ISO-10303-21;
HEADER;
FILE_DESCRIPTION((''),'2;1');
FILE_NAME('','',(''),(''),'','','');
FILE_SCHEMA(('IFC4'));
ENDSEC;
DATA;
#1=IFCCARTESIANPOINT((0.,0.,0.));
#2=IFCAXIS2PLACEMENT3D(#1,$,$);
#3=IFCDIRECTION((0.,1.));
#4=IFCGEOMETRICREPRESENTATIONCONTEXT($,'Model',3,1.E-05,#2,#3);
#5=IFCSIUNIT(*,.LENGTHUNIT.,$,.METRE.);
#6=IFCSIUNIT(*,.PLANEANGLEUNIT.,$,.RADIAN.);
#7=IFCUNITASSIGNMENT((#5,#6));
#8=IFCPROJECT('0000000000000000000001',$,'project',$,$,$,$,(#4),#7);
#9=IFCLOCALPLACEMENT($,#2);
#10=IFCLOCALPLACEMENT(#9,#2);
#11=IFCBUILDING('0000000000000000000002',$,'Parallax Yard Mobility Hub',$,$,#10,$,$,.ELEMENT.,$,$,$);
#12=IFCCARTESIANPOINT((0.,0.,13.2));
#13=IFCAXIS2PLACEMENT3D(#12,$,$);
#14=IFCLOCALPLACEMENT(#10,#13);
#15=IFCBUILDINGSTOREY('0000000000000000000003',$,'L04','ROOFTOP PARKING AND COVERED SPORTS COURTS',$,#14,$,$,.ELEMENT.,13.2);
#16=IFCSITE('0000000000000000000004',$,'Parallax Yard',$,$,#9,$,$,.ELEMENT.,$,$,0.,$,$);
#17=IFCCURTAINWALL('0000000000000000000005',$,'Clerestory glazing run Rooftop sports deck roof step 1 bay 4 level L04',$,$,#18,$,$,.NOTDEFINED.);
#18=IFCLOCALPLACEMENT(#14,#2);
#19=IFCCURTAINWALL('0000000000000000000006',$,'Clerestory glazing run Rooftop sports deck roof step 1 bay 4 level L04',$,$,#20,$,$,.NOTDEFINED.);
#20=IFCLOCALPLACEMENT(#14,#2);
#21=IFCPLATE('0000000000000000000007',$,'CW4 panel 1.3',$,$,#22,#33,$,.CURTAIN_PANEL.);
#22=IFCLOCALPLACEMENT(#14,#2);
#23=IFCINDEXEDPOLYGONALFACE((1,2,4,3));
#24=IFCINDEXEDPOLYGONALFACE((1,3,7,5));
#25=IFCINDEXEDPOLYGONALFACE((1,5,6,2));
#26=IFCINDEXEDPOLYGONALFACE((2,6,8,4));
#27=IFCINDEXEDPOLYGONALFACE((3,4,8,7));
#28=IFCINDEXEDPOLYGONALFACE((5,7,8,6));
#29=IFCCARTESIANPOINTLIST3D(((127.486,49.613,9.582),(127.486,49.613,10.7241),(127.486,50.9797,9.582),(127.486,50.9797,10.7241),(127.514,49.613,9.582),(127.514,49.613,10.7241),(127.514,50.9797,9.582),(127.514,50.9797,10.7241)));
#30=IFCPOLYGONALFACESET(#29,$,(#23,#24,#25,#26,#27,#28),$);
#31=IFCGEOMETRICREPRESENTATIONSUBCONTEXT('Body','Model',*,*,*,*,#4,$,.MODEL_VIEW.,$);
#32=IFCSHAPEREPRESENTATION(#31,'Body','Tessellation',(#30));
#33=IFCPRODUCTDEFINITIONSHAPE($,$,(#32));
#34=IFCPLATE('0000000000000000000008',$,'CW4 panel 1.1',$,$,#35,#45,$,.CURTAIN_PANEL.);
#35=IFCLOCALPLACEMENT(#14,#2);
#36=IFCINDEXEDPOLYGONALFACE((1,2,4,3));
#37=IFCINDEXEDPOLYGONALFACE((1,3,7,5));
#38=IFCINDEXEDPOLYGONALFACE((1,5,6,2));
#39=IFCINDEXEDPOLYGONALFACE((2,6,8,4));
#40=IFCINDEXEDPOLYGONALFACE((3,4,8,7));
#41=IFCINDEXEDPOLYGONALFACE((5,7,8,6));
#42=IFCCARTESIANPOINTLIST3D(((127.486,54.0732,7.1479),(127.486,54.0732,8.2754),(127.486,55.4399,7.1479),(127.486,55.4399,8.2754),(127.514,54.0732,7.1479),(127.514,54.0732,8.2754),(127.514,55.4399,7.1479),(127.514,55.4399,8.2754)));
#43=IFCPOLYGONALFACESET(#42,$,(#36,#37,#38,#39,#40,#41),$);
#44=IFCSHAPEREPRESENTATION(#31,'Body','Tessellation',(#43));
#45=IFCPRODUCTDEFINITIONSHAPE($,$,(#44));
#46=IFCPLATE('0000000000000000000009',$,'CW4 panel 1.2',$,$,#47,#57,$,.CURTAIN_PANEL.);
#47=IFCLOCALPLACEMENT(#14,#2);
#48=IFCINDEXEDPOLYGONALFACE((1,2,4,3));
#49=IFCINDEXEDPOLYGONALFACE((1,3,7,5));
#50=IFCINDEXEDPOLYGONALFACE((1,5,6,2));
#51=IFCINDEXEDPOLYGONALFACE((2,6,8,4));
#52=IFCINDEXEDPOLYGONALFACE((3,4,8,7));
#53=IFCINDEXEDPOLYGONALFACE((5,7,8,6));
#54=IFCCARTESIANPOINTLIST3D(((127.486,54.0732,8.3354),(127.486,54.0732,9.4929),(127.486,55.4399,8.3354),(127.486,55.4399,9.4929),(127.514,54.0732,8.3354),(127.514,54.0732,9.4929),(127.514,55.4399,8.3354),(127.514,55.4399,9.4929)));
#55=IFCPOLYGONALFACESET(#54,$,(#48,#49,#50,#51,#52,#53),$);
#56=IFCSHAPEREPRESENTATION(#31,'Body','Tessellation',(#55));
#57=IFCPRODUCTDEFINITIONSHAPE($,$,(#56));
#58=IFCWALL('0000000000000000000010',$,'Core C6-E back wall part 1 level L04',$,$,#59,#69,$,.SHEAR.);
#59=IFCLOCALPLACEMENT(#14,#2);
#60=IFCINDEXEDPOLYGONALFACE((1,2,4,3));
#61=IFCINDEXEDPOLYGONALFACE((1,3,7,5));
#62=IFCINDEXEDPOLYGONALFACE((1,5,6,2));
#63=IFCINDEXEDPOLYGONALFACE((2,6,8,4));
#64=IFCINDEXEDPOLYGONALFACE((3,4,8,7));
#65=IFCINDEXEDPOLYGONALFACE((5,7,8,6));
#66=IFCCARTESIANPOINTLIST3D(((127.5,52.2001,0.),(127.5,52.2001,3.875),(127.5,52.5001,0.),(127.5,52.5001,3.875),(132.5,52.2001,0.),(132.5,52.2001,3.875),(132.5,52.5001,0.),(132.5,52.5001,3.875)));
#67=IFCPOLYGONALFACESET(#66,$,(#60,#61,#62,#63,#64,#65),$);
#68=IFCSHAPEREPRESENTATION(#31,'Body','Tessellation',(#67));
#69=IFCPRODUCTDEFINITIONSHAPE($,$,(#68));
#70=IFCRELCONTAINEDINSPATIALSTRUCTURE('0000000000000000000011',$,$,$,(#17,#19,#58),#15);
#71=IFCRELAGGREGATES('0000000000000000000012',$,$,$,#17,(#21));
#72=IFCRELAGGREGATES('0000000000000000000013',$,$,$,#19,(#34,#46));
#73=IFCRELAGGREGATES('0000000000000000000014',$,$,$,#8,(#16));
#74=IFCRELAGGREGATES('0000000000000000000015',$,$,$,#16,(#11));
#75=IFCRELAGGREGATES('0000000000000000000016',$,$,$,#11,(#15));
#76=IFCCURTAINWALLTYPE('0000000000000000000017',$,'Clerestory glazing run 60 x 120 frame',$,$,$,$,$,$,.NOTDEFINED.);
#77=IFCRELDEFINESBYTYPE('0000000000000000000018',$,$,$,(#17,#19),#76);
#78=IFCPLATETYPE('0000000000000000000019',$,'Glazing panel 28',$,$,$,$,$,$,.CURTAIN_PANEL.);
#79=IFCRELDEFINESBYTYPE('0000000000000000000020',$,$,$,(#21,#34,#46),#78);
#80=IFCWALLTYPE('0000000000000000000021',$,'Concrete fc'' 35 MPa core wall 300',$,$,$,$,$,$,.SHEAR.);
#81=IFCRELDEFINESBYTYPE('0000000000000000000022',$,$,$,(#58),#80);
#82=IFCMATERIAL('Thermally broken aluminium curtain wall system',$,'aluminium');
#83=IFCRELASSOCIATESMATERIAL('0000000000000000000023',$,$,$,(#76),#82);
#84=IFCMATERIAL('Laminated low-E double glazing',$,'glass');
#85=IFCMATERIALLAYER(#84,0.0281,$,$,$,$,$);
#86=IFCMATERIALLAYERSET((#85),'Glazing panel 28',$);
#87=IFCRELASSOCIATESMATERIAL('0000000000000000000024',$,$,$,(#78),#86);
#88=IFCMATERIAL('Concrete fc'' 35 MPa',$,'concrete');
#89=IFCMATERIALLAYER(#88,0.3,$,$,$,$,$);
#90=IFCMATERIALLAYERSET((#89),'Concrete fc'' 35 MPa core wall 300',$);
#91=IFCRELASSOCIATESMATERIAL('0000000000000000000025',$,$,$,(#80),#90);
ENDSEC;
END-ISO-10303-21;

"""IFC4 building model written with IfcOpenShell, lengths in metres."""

from ifc_helpers import new_model, si_unit, direction, frame, frame_2d, origin, origin_2d, place, context, subcontext, project, spatial, rectangle, extrude, material, layer, layer_set, type_object, element, aggregate, save


model = new_model("IFC4")

# Units and contexts
model_context = context("Model", 3, precision=1e-05, world=origin(), true_north=direction((0.0, 1.0)))
body_context = subcontext(model_context, "Body", "Model", "MODEL_VIEW")
ifc_project = project(units=[si_unit("LENGTHUNIT", "METRE"), si_unit("PLANEANGLEUNIT", "RADIAN")], contexts=[model_context])

# Site, building, storey
site_placement = place(None, origin())
site = spatial("IfcSite", under=ifc_project, at=site_placement, Name="Parallax Yard", CompositionType="ELEMENT", RefElevation=0.0)
building_placement = place(site_placement, origin())
building = spatial("IfcBuilding", under=site, at=building_placement, Name="Parallax Yard Mobility Hub", CompositionType="ELEMENT")
storey_placement = place(building_placement, frame((0.0, 0.0, 13.2)))
storey = spatial("IfcBuildingStorey", under=building, at=storey_placement, Name="L04", Description="ROOFTOP PARKING AND COVERED SPORTS COURTS", CompositionType="ELEMENT", Elevation=13.2)

# Shared definitions
ifc_material_1 = material(Name="Thermally broken aluminium curtain wall system", Category="aluminium")
curtain_wall_type = type_object("IfcCurtainWallType", Name="Clerestory glazing run 60 x 120 frame", PredefinedType="NOTDEFINED", material=ifc_material_1)

# Curtain wall
curtain_wall_1_placement = place(storey_placement, origin())
curtain_wall_1 = element("IfcCurtainWall", 1, at=curtain_wall_1_placement, inside=storey, type_object=curtain_wall_type, Name="Clerestory glazing run Rooftop sports deck roof step 1 bay 4 level L04", PredefinedType="NOTDEFINED")

# Curtain wall
curtain_wall_2_placement = place(storey_placement, origin())
curtain_wall_2 = element("IfcCurtainWall", 2, at=curtain_wall_2_placement, inside=storey, type_object=curtain_wall_type, Name="Clerestory glazing run Rooftop sports deck roof step 1 bay 4 level L04", PredefinedType="NOTDEFINED")

# Plates
ifc_material_2 = material(Name="Laminated low-E double glazing", Category="glass")
ifc_layer_1 = layer(ifc_material_2, 0.0281)
ifc_layer_set_1 = layer_set([ifc_layer_1], Name="Glazing panel 28")
plate_type = type_object("IfcPlateType", Name="Glazing panel 28", PredefinedType="CURTAIN_PANEL", material=ifc_layer_set_1)
plate_1_placement = place(storey_placement, frame((127.5, 50.2964, 9.582), z_axis=(0.0, 0.0, 1.0), x_axis=(0.0, 1.0, 0.0)))
plate_1 = element("IfcPlate", 3, at=plate_1_placement, type_object=plate_type, Name="CW4 panel 1.3", PredefinedType="CURTAIN_PANEL", context=body_context, shape_type="SweptSolid", body=[
    extrude(rectangle(XDim=1.3667, YDim=0.0281, at=origin_2d()), origin(), (0.0, 0.0, 1.0), 1.1421),
])
aggregate(curtain_wall_1, [plate_1])
plate_2_placement = place(storey_placement, frame((127.5, 54.7566, 7.1479), z_axis=(0.0, 0.0, 1.0), x_axis=(0.0, 1.0, 0.0)))
plate_2 = element("IfcPlate", 4, at=plate_2_placement, type_object=plate_type, Name="CW4 panel 1.1", PredefinedType="CURTAIN_PANEL", context=body_context, shape_type="SweptSolid", body=[
    extrude(rectangle(XDim=1.3667, YDim=0.0281, at=origin_2d()), origin(), (0.0, 0.0, 1.0), 1.1274),
])
plate_3_placement = place(storey_placement, frame((127.5, 54.7566, 8.3354), z_axis=(0.0, 0.0, 1.0), x_axis=(0.0, 1.0, 0.0)))
plate_3 = element("IfcPlate", 5, at=plate_3_placement, type_object=plate_type, Name="CW4 panel 1.2", PredefinedType="CURTAIN_PANEL", context=body_context, shape_type="SweptSolid", body=[
    extrude(rectangle(XDim=1.3667, YDim=0.0281, at=origin_2d()), origin(), (0.0, 0.0, 1.0), 1.1575),
])
aggregate(curtain_wall_2, [plate_2, plate_3])

# Wall
ifc_material_3 = material(Name="Concrete fc' 35 MPa", Category="concrete")
ifc_layer_2 = layer(ifc_material_3, 0.3)
ifc_layer_set_2 = layer_set([ifc_layer_2], Name="Concrete fc' 35 MPa core wall 300")
wall_type = type_object("IfcWallType", Name="Concrete fc' 35 MPa core wall 300", PredefinedType="SHEAR", material=ifc_layer_set_2)
wall_placement = place(storey_placement, frame((127.5, 52.3501, 0.0), z_axis=(0.0, 0.0, 1.0), x_axis=(1.0, 0.0, 0.0)))
element("IfcWall", 6, at=wall_placement, inside=storey, type_object=wall_type, Name="Core C6-E back wall part 1 level L04", PredefinedType="SHEAR", context=body_context, shape_type="SweptSolid", body=[
    extrude(rectangle(XDim=5.0, YDim=0.3, at=frame_2d((2.5, 0.0))), origin(), (0.0, 0.0, 1.0), 3.875),
])

save(model, "model.ifc")
